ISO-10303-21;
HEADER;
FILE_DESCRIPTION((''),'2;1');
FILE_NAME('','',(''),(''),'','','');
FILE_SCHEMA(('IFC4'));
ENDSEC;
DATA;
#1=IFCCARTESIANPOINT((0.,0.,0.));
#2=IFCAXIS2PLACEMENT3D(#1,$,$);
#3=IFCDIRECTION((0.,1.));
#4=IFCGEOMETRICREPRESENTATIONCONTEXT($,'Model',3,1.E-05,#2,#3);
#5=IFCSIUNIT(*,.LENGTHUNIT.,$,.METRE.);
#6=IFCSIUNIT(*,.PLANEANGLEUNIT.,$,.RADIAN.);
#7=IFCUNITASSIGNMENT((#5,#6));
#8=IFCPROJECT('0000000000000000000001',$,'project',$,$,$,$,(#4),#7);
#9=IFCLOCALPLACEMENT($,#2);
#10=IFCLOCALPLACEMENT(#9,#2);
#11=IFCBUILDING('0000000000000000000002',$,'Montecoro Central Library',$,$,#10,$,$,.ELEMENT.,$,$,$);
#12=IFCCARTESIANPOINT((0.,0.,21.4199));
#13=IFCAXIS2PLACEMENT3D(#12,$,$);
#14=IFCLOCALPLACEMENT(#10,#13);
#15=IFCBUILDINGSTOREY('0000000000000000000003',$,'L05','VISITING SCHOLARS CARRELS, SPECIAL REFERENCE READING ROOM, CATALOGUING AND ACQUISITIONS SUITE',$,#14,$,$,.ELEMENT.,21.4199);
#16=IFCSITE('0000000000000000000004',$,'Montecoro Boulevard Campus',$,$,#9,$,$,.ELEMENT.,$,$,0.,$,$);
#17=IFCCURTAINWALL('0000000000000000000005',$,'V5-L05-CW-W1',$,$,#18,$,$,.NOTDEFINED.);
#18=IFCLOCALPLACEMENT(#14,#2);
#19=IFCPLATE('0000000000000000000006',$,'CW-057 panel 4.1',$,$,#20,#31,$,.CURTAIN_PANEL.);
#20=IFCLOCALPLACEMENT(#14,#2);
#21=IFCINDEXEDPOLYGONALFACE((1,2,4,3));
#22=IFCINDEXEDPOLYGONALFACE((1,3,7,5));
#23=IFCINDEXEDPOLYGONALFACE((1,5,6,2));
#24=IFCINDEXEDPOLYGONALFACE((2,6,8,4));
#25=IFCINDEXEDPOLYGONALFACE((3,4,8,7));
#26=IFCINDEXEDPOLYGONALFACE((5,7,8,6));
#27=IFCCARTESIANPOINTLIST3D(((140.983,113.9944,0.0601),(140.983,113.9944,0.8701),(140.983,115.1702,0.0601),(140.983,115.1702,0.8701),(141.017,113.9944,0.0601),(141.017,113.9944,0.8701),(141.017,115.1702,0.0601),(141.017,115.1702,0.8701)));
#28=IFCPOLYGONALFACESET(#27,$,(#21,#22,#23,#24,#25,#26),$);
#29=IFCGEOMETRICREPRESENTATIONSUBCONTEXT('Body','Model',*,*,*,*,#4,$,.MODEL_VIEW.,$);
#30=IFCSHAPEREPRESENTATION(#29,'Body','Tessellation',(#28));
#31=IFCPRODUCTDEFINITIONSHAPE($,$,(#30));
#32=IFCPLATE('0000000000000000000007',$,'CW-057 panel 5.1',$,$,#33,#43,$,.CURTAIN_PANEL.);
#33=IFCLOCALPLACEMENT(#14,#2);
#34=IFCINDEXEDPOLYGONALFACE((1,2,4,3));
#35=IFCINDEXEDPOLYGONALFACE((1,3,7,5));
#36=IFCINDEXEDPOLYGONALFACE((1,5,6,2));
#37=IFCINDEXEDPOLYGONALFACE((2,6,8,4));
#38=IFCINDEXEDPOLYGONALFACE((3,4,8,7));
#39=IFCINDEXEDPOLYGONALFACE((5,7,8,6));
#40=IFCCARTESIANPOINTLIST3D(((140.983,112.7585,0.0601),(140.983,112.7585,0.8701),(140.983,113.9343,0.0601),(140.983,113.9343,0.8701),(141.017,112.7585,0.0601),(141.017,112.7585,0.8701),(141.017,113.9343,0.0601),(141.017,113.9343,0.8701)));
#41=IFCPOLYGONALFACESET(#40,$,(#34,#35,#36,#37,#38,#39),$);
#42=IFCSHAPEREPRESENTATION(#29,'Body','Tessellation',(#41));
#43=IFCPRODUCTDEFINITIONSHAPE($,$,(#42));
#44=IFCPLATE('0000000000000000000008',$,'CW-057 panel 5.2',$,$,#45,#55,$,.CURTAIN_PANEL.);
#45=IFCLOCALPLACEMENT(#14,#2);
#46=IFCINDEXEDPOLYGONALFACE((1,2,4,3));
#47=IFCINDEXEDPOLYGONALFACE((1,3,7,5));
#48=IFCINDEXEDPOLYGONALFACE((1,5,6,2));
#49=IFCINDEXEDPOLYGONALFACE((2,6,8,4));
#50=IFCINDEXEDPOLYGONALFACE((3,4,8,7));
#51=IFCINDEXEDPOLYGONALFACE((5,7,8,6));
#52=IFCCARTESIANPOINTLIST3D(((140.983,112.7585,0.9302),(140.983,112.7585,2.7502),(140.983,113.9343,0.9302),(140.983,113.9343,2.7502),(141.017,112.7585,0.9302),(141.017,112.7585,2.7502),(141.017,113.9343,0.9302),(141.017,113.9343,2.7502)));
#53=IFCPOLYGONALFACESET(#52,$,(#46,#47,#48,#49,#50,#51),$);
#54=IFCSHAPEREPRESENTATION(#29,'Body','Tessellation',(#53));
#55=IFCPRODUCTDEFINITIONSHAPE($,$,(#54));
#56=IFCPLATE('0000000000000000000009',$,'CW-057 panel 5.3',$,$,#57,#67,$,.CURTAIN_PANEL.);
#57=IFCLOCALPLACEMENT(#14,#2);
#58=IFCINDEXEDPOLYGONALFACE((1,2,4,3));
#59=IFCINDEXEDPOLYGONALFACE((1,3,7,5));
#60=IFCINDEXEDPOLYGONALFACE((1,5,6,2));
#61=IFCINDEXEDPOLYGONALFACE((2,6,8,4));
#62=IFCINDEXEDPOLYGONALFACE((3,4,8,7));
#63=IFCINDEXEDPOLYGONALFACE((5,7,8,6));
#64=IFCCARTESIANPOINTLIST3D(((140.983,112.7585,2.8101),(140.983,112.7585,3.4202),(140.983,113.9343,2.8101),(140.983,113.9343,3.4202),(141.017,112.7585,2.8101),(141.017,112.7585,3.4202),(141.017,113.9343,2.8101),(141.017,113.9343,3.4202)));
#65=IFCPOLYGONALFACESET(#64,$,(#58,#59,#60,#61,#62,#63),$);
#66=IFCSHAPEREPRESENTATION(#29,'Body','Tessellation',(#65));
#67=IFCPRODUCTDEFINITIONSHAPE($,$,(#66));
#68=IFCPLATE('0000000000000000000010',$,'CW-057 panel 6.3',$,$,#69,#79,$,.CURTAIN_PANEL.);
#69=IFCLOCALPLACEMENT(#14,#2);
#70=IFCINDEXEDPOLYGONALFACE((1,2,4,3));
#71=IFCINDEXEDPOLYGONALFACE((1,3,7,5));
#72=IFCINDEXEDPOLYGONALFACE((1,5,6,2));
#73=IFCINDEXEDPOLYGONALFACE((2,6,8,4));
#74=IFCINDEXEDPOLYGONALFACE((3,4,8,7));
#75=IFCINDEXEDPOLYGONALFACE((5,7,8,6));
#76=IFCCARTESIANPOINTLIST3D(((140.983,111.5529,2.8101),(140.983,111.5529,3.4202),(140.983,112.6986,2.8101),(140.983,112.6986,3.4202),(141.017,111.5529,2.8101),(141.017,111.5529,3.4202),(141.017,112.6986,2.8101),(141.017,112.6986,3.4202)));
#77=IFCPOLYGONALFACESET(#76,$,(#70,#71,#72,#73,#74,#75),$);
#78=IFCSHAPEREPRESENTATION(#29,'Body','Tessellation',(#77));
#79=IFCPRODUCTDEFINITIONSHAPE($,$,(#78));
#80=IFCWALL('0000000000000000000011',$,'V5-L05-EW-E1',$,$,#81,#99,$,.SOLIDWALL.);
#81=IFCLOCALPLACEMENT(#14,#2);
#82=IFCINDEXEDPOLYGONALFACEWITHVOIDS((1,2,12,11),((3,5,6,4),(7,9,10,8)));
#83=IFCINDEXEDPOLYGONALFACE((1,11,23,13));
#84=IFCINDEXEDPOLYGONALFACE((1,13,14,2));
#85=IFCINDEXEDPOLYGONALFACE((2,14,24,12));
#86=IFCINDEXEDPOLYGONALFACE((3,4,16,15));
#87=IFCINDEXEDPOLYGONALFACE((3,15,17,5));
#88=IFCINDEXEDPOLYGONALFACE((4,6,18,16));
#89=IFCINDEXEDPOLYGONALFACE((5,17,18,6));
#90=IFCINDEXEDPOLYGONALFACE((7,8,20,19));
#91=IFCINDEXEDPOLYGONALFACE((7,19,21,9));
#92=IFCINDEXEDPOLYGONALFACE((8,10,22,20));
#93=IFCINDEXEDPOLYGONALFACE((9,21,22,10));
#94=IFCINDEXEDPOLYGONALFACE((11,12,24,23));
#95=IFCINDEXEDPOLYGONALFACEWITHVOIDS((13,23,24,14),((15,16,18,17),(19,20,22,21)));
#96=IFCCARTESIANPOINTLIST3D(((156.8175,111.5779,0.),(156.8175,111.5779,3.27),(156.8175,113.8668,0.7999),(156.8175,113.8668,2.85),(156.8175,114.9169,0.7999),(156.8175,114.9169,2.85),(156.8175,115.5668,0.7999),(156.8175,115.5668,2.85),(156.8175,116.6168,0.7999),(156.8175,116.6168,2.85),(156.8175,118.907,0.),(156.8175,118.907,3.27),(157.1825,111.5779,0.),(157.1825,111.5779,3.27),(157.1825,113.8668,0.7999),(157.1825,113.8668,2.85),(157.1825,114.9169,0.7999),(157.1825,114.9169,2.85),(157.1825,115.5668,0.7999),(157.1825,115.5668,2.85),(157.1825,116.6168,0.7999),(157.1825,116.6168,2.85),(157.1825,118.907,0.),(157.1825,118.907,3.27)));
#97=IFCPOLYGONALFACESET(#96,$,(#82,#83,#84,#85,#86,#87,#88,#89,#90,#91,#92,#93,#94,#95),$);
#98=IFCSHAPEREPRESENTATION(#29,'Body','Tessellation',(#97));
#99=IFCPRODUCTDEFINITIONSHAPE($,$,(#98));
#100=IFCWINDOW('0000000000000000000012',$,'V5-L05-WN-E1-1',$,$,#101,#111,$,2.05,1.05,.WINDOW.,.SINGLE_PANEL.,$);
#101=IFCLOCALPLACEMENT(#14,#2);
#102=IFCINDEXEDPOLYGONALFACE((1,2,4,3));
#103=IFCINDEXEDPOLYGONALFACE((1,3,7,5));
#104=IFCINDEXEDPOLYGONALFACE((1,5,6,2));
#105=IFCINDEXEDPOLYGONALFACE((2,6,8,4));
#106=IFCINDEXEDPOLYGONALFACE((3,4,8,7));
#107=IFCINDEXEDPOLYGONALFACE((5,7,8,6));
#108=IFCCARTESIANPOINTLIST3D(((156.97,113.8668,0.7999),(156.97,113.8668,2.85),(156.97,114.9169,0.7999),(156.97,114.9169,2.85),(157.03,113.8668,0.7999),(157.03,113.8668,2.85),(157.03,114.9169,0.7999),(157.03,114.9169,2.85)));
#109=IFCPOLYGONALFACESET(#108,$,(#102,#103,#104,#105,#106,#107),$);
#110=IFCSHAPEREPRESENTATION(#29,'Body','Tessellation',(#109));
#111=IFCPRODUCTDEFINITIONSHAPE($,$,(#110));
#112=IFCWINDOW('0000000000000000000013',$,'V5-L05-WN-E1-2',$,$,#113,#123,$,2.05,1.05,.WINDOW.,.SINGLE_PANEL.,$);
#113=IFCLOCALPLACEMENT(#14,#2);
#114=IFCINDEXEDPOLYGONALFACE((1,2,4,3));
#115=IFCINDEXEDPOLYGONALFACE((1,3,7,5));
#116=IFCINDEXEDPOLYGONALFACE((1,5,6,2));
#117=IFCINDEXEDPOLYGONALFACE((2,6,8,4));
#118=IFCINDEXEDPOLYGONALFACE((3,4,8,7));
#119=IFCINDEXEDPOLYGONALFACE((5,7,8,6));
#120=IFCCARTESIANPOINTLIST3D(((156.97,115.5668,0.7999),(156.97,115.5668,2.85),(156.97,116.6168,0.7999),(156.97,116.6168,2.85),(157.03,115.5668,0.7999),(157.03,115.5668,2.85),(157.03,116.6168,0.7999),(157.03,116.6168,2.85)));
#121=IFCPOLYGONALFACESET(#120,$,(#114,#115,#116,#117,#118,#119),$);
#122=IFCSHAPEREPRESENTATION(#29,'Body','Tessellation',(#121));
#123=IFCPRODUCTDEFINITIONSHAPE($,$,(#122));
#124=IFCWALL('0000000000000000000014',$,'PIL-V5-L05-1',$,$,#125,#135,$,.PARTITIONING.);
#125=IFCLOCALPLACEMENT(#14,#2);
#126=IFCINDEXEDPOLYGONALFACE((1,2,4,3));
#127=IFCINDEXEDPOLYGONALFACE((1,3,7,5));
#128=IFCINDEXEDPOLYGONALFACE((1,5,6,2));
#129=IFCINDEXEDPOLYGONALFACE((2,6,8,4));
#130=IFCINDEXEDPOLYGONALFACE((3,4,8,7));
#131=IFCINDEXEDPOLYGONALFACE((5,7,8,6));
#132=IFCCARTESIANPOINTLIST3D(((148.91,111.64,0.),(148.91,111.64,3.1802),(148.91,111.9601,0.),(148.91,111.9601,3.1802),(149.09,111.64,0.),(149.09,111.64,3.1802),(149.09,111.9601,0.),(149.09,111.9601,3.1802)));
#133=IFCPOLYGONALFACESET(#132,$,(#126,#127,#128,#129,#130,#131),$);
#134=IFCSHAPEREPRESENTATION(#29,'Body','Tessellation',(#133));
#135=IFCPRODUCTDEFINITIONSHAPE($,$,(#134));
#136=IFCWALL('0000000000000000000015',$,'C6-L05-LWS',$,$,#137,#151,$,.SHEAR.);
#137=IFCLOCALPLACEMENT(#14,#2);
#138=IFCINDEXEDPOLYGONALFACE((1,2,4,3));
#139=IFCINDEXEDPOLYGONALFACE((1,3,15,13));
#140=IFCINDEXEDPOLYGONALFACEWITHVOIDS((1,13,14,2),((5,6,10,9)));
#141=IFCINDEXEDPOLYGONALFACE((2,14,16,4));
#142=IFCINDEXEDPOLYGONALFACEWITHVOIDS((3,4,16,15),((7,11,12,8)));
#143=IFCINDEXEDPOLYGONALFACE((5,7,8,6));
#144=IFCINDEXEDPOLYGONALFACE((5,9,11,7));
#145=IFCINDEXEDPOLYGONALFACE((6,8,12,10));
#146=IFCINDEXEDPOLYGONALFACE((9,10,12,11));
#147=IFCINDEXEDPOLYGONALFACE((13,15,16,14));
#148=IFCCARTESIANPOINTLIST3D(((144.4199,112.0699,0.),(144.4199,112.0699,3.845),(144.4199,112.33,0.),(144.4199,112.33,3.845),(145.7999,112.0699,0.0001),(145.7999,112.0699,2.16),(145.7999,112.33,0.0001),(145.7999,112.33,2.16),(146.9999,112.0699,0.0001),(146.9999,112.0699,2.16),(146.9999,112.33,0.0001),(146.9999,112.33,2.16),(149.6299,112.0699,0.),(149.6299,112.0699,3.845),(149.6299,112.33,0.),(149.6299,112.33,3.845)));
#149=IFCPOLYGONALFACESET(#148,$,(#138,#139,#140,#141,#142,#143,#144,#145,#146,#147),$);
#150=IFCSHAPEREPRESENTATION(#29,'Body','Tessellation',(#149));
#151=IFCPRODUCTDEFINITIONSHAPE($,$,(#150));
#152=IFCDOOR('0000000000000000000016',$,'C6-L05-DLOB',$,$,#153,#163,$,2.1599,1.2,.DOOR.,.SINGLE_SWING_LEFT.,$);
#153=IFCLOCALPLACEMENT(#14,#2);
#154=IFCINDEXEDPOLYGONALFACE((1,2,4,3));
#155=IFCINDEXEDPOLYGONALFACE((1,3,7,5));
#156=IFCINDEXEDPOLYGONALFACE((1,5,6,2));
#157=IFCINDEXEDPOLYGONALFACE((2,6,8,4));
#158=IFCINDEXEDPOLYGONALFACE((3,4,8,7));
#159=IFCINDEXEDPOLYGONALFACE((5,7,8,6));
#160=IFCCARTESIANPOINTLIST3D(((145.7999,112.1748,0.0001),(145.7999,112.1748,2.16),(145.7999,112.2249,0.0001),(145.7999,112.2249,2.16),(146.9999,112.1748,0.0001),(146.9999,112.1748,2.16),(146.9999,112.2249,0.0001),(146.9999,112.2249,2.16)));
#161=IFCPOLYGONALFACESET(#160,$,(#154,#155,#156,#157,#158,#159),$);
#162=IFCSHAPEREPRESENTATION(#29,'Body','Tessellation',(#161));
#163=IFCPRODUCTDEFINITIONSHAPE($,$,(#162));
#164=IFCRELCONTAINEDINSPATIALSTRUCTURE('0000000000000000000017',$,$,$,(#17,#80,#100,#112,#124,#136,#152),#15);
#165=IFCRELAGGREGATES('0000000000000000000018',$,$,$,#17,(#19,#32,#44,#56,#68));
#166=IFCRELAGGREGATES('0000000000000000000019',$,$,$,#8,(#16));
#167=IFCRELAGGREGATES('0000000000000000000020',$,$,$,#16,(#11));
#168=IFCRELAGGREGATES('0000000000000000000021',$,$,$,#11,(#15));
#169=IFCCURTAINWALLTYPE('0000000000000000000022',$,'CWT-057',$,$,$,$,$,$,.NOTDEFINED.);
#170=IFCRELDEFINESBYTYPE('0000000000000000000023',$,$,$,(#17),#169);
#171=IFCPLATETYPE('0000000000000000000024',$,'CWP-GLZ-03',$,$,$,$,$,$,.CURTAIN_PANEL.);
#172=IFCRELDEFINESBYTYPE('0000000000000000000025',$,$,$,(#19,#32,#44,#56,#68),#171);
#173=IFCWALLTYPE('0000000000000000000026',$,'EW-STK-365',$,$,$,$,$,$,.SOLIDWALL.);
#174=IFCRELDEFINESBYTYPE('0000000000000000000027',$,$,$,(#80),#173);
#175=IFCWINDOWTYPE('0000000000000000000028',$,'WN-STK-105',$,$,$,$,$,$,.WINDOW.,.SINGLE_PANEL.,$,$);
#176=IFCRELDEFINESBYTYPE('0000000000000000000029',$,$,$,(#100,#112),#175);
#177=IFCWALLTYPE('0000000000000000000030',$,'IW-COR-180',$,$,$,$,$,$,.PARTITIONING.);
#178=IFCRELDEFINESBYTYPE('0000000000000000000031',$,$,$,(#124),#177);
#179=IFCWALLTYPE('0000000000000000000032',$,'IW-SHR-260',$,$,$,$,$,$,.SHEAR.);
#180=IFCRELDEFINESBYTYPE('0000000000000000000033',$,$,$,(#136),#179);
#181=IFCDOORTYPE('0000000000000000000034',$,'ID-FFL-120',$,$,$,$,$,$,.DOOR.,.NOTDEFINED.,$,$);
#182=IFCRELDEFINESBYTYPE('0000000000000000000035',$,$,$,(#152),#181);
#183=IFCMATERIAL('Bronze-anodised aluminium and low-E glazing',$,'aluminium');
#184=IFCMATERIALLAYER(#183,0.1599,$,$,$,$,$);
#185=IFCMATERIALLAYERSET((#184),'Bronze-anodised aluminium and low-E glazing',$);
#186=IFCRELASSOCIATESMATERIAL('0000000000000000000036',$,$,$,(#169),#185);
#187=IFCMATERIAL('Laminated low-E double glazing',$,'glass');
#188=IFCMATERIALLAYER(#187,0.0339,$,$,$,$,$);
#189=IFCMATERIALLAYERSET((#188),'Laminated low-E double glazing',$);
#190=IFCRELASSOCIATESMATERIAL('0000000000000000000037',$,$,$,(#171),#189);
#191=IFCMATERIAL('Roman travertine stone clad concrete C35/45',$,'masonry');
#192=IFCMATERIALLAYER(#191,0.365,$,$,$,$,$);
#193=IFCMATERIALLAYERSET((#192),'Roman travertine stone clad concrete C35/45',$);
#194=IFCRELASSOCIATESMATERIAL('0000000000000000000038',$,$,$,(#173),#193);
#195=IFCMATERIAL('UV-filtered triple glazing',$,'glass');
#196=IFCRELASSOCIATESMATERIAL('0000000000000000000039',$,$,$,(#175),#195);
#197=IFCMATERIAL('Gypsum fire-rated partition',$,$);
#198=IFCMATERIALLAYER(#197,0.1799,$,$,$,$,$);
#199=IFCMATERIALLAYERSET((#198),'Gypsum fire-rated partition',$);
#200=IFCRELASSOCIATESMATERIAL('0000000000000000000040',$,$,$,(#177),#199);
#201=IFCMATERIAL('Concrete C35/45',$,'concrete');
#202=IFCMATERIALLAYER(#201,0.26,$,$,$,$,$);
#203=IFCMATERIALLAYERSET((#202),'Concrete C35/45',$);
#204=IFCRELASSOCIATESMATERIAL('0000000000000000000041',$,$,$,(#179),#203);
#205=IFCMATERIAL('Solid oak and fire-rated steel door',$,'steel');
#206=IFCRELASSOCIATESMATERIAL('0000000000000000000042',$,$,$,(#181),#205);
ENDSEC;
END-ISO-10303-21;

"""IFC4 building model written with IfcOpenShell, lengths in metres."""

from ifc_helpers import new_model, si_unit, direction, frame, frame_2d, origin, origin_2d, place, context, subcontext, project, spatial, rectangle, extrude, material, layer, layer_set, type_object, element, fill, aggregate, save


model = new_model("IFC4")

# Units and contexts
model_context = context("Model", 3, precision=1e-05, world=origin(), true_north=direction((0.0, 1.0)))
body_context = subcontext(model_context, "Body", "Model", "MODEL_VIEW")
ifc_project = project(units=[si_unit("LENGTHUNIT", "METRE"), si_unit("PLANEANGLEUNIT", "RADIAN")], contexts=[model_context])

# Site, building, storey
site_placement = place(None, origin())
site = spatial("IfcSite", under=ifc_project, at=site_placement, Name="Montecoro Boulevard Campus", CompositionType="ELEMENT", RefElevation=0.0)
building_placement = place(site_placement, origin())
building = spatial("IfcBuilding", under=site, at=building_placement, Name="Montecoro Central Library", CompositionType="ELEMENT")
storey_placement = place(building_placement, frame((0.0, 0.0, 21.4199)))
storey = spatial("IfcBuildingStorey", under=building, at=storey_placement, Name="L05", Description="VISITING SCHOLARS CARRELS, SPECIAL REFERENCE READING ROOM, CATALOGUING AND ACQUISITIONS SUITE", CompositionType="ELEMENT", Elevation=21.4199)

# Shared definitions
ifc_material_1 = material(Name="Concrete C35/45", Category="concrete")

# Curtain wall, plates
ifc_material_2 = material(Name="Bronze-anodised aluminium and low-E glazing", Category="aluminium")
ifc_layer_1 = layer(ifc_material_2, 0.1599)
ifc_layer_set_1 = layer_set([ifc_layer_1], Name="Bronze-anodised aluminium and low-E glazing")
curtain_wall_type = type_object("IfcCurtainWallType", Name="CWT-057", PredefinedType="NOTDEFINED", material=ifc_layer_set_1)
curtain_wall_placement = place(storey_placement, origin())
curtain_wall = element("IfcCurtainWall", 1, at=curtain_wall_placement, inside=storey, type_object=curtain_wall_type, Name="V5-L05-CW-W1", PredefinedType="NOTDEFINED")
ifc_material_3 = material(Name="Laminated low-E double glazing", Category="glass")
ifc_layer_2 = layer(ifc_material_3, 0.0339)
ifc_layer_set_2 = layer_set([ifc_layer_2], Name="Laminated low-E double glazing")
plate_type = type_object("IfcPlateType", Name="CWP-GLZ-03", PredefinedType="CURTAIN_PANEL", material=ifc_layer_set_2)
plate_1_placement = place(storey_placement, frame((141.0, 114.5823, 0.0601), z_axis=(0.0, 0.0, 1.0), x_axis=(0.0, -1.0, 0.0)))
plate_1 = element("IfcPlate", 2, at=plate_1_placement, type_object=plate_type, Name="CW-057 panel 4.1", PredefinedType="CURTAIN_PANEL", context=body_context, shape_type="SweptSolid", body=[
    extrude(rectangle(XDim=1.1758, YDim=0.0339, at=origin_2d()), origin(), (0.0, 0.0, 1.0), 0.8101),
])
plate_2_placement = place(storey_placement, frame((141.0, 113.3464, 0.0601), z_axis=(0.0, 0.0, 1.0), x_axis=(0.0, -1.0, 0.0)))
plate_2 = element("IfcPlate", 3, at=plate_2_placement, type_object=plate_type, Name="CW-057 panel 5.1", PredefinedType="CURTAIN_PANEL", context=body_context, shape_type="SweptSolid", body=[
    extrude(rectangle(XDim=1.1758, YDim=0.0339, at=origin_2d()), origin(), (0.0, 0.0, 1.0), 0.8101),
])
plate_3_placement = place(storey_placement, frame((141.0, 113.3464, 0.9302), z_axis=(0.0, 0.0, 1.0), x_axis=(0.0, -1.0, 0.0)))
plate_3 = element("IfcPlate", 4, at=plate_3_placement, type_object=plate_type, Name="CW-057 panel 5.2", PredefinedType="CURTAIN_PANEL", context=body_context, shape_type="SweptSolid", body=[
    extrude(rectangle(XDim=1.1758, YDim=0.0339, at=origin_2d()), origin(), (0.0, 0.0, 1.0), 1.8201),
])
plate_4_placement = place(storey_placement, frame((141.0, 113.3464, 2.8101), z_axis=(0.0, 0.0, 1.0), x_axis=(0.0, -1.0, 0.0)))
plate_4 = element("IfcPlate", 5, at=plate_4_placement, type_object=plate_type, Name="CW-057 panel 5.3", PredefinedType="CURTAIN_PANEL", context=body_context, shape_type="SweptSolid", body=[
    extrude(rectangle(XDim=1.1758, YDim=0.0339, at=origin_2d()), origin(), (0.0, 0.0, 1.0), 0.6101),
])
plate_5_placement = place(storey_placement, frame((141.0, 112.1257, 2.8101), z_axis=(0.0, 0.0, 1.0), x_axis=(0.0, -1.0, 0.0)))
plate_5 = element("IfcPlate", 6, at=plate_5_placement, type_object=plate_type, Name="CW-057 panel 6.3", PredefinedType="CURTAIN_PANEL", context=body_context, shape_type="SweptSolid", body=[
    extrude(rectangle(XDim=1.1458, YDim=0.0339, at=origin_2d()), origin(), (0.0, 0.0, 1.0), 0.6101),
])
aggregate(curtain_wall, [plate_1, plate_2, plate_3, plate_4, plate_5])

# Wall, openings, windows
ifc_material_4 = material(Name="Roman travertine stone clad concrete C35/45", Category="masonry")
ifc_layer_3 = layer(ifc_material_4, 0.365)
ifc_layer_set_3 = layer_set([ifc_layer_3], Name="Roman travertine stone clad concrete C35/45")
wall_type_1 = type_object("IfcWallType", Name="EW-STK-365", PredefinedType="SOLIDWALL", material=ifc_layer_set_3)
wall_1_placement = place(storey_placement, frame((157.0, 111.5779, 0.0), z_axis=(0.0, 0.0, 1.0), x_axis=(0.0, 1.0, 0.0)))
wall_1 = element("IfcWall", 7, at=wall_1_placement, inside=storey, type_object=wall_type_1, Name="V5-L05-EW-E1", PredefinedType="SOLIDWALL", context=body_context, shape_type="SweptSolid", body=[
    extrude(rectangle(XDim=7.3291, YDim=0.365, at=frame_2d((3.6646, 0.0))), origin(), (0.0, 0.0, 1.0), 3.27),
])
opening_1_placement = place(wall_1_placement, frame((2.2891, 0.0, 0.8)))
opening_1 = element("IfcOpeningElement", 8, at=opening_1_placement, cuts=wall_1, PredefinedType="OPENING", context=body_context, shape_type="SweptSolid", body=[
    extrude(rectangle(XDim=1.05, YDim=2.05, at=frame_2d((0.5249, 1.0249))), frame((0.0, 0.1924, 0.0), z_axis=(0.0, -1.0, 0.0), x_axis=(1.0, 0.0, 0.0)), (0.0, 0.0, 1.0), 0.385),
])
opening_2_placement = place(wall_1_placement, frame((3.989, 0.0, 0.8)))
opening_2 = element("IfcOpeningElement", 9, at=opening_2_placement, cuts=wall_1, PredefinedType="OPENING", context=body_context, shape_type="SweptSolid", body=[
    extrude(rectangle(XDim=1.05, YDim=2.05, at=frame_2d((0.5249, 1.0249))), frame((0.0, 0.1924, 0.0), z_axis=(0.0, -1.0, 0.0), x_axis=(1.0, 0.0, 0.0)), (0.0, 0.0, 1.0), 0.385),
])
ifc_material_5 = material(Name="UV-filtered triple glazing", Category="glass")
window_type = type_object("IfcWindowType", Name="WN-STK-105", PartitioningType="SINGLE_PANEL", PredefinedType="WINDOW", material=ifc_material_5)
window_1_placement = place(opening_1_placement, origin())
window_1 = element("IfcWindow", 10, at=window_1_placement, inside=storey, type_object=window_type, Name="V5-L05-WN-E1-1", OverallHeight=2.05, OverallWidth=1.05, PartitioningType="SINGLE_PANEL", PredefinedType="WINDOW", context=body_context, shape_type="SweptSolid", body=[
    extrude(rectangle(XDim=1.05, YDim=2.05, at=frame_2d((0.5249, 1.0249))), frame((0.0, 0.03, 0.0), z_axis=(0.0, -1.0, 0.0), x_axis=(1.0, 0.0, 0.0)), (0.0, 0.0, 1.0), 0.0601),
])
fill(opening_1, window_1)
window_2_placement = place(opening_2_placement, origin())
window_2 = element("IfcWindow", 11, at=window_2_placement, inside=storey, type_object=window_type, Name="V5-L05-WN-E1-2", OverallHeight=2.05, OverallWidth=1.05, PartitioningType="SINGLE_PANEL", PredefinedType="WINDOW", context=body_context, shape_type="SweptSolid", body=[
    extrude(rectangle(XDim=1.05, YDim=2.05, at=frame_2d((0.5249, 1.0249))), frame((0.0, 0.03, 0.0), z_axis=(0.0, -1.0, 0.0), x_axis=(1.0, 0.0, 0.0)), (0.0, 0.0, 1.0), 0.0601),
])
fill(opening_2, window_2)

# Wall
ifc_material_6 = material(Name="Gypsum fire-rated partition")
ifc_layer_4 = layer(ifc_material_6, 0.1799)
ifc_layer_set_4 = layer_set([ifc_layer_4], Name="Gypsum fire-rated partition")
wall_type_2 = type_object("IfcWallType", Name="IW-COR-180", PredefinedType="PARTITIONING", material=ifc_layer_set_4)
wall_2_placement = place(storey_placement, frame((149.0, 111.6399, 0.0), z_axis=(0.0, 0.0, 1.0), x_axis=(0.0, 1.0, 0.0)))
element("IfcWall", 12, at=wall_2_placement, inside=storey, type_object=wall_type_2, Name="PIL-V5-L05-1", PredefinedType="PARTITIONING", context=body_context, shape_type="SweptSolid", body=[
    extrude(rectangle(XDim=0.3201, YDim=0.1799, at=frame_2d((0.1602, 0.0))), origin(), (0.0, 0.0, 1.0), 3.1802),
])

# Shared definitions
ifc_material_7 = material(Name="Solid oak and fire-rated steel door", Category="steel")

# Wall, opening, door
ifc_layer_5 = layer(ifc_material_1, 0.26)
ifc_layer_set_5 = layer_set([ifc_layer_5], Name="Concrete C35/45")
wall_type_3 = type_object("IfcWallType", Name="IW-SHR-260", PredefinedType="SHEAR", material=ifc_layer_set_5)
wall_3_placement = place(storey_placement, frame((144.4199, 112.2, 0.0), z_axis=(0.0, 0.0, 1.0), x_axis=(1.0, 0.0, 0.0)))
wall_3 = element("IfcWall", 13, at=wall_3_placement, inside=storey, type_object=wall_type_3, Name="C6-L05-LWS", PredefinedType="SHEAR", context=body_context, shape_type="SweptSolid", body=[
    extrude(rectangle(XDim=5.21, YDim=0.26, at=frame_2d((2.605, 0.0))), origin(), (0.0, 0.0, 1.0), 3.845),
])
opening_3_placement = place(wall_3_placement, frame((1.3799, 0.0, 0.0)))
opening_3 = element("IfcOpeningElement", 14, at=opening_3_placement, cuts=wall_3, PredefinedType="OPENING", context=body_context, shape_type="SweptSolid", body=[
    extrude(rectangle(XDim=1.2, YDim=2.1599, at=frame_2d((0.6001, 1.0801))), frame((0.0, 0.1399, 0.0), z_axis=(0.0, -1.0, 0.0), x_axis=(1.0, 0.0, 0.0)), (0.0, 0.0, 1.0), 0.28),
])
door_type_1 = type_object("IfcDoorType", Name="ID-FFL-120", OperationType="NOTDEFINED", PredefinedType="DOOR", material=ifc_material_7)
door_1_placement = place(opening_3_placement, origin())
door_1 = element("IfcDoor", 15, at=door_1_placement, inside=storey, type_object=door_type_1, Name="C6-L05-DLOB", OperationType="SINGLE_SWING_LEFT", OverallHeight=2.1599, OverallWidth=1.2, PredefinedType="DOOR", context=body_context, shape_type="SweptSolid", body=[
    extrude(rectangle(XDim=1.2, YDim=2.1599, at=frame_2d((0.6001, 1.0801))), frame((0.0, 0.0249, 0.0), z_axis=(0.0, -1.0, 0.0), x_axis=(1.0, 0.0, 0.0)), (0.0, 0.0, 1.0), 0.05),
])
fill(opening_3, door_1)

save(model, "model.ifc")
